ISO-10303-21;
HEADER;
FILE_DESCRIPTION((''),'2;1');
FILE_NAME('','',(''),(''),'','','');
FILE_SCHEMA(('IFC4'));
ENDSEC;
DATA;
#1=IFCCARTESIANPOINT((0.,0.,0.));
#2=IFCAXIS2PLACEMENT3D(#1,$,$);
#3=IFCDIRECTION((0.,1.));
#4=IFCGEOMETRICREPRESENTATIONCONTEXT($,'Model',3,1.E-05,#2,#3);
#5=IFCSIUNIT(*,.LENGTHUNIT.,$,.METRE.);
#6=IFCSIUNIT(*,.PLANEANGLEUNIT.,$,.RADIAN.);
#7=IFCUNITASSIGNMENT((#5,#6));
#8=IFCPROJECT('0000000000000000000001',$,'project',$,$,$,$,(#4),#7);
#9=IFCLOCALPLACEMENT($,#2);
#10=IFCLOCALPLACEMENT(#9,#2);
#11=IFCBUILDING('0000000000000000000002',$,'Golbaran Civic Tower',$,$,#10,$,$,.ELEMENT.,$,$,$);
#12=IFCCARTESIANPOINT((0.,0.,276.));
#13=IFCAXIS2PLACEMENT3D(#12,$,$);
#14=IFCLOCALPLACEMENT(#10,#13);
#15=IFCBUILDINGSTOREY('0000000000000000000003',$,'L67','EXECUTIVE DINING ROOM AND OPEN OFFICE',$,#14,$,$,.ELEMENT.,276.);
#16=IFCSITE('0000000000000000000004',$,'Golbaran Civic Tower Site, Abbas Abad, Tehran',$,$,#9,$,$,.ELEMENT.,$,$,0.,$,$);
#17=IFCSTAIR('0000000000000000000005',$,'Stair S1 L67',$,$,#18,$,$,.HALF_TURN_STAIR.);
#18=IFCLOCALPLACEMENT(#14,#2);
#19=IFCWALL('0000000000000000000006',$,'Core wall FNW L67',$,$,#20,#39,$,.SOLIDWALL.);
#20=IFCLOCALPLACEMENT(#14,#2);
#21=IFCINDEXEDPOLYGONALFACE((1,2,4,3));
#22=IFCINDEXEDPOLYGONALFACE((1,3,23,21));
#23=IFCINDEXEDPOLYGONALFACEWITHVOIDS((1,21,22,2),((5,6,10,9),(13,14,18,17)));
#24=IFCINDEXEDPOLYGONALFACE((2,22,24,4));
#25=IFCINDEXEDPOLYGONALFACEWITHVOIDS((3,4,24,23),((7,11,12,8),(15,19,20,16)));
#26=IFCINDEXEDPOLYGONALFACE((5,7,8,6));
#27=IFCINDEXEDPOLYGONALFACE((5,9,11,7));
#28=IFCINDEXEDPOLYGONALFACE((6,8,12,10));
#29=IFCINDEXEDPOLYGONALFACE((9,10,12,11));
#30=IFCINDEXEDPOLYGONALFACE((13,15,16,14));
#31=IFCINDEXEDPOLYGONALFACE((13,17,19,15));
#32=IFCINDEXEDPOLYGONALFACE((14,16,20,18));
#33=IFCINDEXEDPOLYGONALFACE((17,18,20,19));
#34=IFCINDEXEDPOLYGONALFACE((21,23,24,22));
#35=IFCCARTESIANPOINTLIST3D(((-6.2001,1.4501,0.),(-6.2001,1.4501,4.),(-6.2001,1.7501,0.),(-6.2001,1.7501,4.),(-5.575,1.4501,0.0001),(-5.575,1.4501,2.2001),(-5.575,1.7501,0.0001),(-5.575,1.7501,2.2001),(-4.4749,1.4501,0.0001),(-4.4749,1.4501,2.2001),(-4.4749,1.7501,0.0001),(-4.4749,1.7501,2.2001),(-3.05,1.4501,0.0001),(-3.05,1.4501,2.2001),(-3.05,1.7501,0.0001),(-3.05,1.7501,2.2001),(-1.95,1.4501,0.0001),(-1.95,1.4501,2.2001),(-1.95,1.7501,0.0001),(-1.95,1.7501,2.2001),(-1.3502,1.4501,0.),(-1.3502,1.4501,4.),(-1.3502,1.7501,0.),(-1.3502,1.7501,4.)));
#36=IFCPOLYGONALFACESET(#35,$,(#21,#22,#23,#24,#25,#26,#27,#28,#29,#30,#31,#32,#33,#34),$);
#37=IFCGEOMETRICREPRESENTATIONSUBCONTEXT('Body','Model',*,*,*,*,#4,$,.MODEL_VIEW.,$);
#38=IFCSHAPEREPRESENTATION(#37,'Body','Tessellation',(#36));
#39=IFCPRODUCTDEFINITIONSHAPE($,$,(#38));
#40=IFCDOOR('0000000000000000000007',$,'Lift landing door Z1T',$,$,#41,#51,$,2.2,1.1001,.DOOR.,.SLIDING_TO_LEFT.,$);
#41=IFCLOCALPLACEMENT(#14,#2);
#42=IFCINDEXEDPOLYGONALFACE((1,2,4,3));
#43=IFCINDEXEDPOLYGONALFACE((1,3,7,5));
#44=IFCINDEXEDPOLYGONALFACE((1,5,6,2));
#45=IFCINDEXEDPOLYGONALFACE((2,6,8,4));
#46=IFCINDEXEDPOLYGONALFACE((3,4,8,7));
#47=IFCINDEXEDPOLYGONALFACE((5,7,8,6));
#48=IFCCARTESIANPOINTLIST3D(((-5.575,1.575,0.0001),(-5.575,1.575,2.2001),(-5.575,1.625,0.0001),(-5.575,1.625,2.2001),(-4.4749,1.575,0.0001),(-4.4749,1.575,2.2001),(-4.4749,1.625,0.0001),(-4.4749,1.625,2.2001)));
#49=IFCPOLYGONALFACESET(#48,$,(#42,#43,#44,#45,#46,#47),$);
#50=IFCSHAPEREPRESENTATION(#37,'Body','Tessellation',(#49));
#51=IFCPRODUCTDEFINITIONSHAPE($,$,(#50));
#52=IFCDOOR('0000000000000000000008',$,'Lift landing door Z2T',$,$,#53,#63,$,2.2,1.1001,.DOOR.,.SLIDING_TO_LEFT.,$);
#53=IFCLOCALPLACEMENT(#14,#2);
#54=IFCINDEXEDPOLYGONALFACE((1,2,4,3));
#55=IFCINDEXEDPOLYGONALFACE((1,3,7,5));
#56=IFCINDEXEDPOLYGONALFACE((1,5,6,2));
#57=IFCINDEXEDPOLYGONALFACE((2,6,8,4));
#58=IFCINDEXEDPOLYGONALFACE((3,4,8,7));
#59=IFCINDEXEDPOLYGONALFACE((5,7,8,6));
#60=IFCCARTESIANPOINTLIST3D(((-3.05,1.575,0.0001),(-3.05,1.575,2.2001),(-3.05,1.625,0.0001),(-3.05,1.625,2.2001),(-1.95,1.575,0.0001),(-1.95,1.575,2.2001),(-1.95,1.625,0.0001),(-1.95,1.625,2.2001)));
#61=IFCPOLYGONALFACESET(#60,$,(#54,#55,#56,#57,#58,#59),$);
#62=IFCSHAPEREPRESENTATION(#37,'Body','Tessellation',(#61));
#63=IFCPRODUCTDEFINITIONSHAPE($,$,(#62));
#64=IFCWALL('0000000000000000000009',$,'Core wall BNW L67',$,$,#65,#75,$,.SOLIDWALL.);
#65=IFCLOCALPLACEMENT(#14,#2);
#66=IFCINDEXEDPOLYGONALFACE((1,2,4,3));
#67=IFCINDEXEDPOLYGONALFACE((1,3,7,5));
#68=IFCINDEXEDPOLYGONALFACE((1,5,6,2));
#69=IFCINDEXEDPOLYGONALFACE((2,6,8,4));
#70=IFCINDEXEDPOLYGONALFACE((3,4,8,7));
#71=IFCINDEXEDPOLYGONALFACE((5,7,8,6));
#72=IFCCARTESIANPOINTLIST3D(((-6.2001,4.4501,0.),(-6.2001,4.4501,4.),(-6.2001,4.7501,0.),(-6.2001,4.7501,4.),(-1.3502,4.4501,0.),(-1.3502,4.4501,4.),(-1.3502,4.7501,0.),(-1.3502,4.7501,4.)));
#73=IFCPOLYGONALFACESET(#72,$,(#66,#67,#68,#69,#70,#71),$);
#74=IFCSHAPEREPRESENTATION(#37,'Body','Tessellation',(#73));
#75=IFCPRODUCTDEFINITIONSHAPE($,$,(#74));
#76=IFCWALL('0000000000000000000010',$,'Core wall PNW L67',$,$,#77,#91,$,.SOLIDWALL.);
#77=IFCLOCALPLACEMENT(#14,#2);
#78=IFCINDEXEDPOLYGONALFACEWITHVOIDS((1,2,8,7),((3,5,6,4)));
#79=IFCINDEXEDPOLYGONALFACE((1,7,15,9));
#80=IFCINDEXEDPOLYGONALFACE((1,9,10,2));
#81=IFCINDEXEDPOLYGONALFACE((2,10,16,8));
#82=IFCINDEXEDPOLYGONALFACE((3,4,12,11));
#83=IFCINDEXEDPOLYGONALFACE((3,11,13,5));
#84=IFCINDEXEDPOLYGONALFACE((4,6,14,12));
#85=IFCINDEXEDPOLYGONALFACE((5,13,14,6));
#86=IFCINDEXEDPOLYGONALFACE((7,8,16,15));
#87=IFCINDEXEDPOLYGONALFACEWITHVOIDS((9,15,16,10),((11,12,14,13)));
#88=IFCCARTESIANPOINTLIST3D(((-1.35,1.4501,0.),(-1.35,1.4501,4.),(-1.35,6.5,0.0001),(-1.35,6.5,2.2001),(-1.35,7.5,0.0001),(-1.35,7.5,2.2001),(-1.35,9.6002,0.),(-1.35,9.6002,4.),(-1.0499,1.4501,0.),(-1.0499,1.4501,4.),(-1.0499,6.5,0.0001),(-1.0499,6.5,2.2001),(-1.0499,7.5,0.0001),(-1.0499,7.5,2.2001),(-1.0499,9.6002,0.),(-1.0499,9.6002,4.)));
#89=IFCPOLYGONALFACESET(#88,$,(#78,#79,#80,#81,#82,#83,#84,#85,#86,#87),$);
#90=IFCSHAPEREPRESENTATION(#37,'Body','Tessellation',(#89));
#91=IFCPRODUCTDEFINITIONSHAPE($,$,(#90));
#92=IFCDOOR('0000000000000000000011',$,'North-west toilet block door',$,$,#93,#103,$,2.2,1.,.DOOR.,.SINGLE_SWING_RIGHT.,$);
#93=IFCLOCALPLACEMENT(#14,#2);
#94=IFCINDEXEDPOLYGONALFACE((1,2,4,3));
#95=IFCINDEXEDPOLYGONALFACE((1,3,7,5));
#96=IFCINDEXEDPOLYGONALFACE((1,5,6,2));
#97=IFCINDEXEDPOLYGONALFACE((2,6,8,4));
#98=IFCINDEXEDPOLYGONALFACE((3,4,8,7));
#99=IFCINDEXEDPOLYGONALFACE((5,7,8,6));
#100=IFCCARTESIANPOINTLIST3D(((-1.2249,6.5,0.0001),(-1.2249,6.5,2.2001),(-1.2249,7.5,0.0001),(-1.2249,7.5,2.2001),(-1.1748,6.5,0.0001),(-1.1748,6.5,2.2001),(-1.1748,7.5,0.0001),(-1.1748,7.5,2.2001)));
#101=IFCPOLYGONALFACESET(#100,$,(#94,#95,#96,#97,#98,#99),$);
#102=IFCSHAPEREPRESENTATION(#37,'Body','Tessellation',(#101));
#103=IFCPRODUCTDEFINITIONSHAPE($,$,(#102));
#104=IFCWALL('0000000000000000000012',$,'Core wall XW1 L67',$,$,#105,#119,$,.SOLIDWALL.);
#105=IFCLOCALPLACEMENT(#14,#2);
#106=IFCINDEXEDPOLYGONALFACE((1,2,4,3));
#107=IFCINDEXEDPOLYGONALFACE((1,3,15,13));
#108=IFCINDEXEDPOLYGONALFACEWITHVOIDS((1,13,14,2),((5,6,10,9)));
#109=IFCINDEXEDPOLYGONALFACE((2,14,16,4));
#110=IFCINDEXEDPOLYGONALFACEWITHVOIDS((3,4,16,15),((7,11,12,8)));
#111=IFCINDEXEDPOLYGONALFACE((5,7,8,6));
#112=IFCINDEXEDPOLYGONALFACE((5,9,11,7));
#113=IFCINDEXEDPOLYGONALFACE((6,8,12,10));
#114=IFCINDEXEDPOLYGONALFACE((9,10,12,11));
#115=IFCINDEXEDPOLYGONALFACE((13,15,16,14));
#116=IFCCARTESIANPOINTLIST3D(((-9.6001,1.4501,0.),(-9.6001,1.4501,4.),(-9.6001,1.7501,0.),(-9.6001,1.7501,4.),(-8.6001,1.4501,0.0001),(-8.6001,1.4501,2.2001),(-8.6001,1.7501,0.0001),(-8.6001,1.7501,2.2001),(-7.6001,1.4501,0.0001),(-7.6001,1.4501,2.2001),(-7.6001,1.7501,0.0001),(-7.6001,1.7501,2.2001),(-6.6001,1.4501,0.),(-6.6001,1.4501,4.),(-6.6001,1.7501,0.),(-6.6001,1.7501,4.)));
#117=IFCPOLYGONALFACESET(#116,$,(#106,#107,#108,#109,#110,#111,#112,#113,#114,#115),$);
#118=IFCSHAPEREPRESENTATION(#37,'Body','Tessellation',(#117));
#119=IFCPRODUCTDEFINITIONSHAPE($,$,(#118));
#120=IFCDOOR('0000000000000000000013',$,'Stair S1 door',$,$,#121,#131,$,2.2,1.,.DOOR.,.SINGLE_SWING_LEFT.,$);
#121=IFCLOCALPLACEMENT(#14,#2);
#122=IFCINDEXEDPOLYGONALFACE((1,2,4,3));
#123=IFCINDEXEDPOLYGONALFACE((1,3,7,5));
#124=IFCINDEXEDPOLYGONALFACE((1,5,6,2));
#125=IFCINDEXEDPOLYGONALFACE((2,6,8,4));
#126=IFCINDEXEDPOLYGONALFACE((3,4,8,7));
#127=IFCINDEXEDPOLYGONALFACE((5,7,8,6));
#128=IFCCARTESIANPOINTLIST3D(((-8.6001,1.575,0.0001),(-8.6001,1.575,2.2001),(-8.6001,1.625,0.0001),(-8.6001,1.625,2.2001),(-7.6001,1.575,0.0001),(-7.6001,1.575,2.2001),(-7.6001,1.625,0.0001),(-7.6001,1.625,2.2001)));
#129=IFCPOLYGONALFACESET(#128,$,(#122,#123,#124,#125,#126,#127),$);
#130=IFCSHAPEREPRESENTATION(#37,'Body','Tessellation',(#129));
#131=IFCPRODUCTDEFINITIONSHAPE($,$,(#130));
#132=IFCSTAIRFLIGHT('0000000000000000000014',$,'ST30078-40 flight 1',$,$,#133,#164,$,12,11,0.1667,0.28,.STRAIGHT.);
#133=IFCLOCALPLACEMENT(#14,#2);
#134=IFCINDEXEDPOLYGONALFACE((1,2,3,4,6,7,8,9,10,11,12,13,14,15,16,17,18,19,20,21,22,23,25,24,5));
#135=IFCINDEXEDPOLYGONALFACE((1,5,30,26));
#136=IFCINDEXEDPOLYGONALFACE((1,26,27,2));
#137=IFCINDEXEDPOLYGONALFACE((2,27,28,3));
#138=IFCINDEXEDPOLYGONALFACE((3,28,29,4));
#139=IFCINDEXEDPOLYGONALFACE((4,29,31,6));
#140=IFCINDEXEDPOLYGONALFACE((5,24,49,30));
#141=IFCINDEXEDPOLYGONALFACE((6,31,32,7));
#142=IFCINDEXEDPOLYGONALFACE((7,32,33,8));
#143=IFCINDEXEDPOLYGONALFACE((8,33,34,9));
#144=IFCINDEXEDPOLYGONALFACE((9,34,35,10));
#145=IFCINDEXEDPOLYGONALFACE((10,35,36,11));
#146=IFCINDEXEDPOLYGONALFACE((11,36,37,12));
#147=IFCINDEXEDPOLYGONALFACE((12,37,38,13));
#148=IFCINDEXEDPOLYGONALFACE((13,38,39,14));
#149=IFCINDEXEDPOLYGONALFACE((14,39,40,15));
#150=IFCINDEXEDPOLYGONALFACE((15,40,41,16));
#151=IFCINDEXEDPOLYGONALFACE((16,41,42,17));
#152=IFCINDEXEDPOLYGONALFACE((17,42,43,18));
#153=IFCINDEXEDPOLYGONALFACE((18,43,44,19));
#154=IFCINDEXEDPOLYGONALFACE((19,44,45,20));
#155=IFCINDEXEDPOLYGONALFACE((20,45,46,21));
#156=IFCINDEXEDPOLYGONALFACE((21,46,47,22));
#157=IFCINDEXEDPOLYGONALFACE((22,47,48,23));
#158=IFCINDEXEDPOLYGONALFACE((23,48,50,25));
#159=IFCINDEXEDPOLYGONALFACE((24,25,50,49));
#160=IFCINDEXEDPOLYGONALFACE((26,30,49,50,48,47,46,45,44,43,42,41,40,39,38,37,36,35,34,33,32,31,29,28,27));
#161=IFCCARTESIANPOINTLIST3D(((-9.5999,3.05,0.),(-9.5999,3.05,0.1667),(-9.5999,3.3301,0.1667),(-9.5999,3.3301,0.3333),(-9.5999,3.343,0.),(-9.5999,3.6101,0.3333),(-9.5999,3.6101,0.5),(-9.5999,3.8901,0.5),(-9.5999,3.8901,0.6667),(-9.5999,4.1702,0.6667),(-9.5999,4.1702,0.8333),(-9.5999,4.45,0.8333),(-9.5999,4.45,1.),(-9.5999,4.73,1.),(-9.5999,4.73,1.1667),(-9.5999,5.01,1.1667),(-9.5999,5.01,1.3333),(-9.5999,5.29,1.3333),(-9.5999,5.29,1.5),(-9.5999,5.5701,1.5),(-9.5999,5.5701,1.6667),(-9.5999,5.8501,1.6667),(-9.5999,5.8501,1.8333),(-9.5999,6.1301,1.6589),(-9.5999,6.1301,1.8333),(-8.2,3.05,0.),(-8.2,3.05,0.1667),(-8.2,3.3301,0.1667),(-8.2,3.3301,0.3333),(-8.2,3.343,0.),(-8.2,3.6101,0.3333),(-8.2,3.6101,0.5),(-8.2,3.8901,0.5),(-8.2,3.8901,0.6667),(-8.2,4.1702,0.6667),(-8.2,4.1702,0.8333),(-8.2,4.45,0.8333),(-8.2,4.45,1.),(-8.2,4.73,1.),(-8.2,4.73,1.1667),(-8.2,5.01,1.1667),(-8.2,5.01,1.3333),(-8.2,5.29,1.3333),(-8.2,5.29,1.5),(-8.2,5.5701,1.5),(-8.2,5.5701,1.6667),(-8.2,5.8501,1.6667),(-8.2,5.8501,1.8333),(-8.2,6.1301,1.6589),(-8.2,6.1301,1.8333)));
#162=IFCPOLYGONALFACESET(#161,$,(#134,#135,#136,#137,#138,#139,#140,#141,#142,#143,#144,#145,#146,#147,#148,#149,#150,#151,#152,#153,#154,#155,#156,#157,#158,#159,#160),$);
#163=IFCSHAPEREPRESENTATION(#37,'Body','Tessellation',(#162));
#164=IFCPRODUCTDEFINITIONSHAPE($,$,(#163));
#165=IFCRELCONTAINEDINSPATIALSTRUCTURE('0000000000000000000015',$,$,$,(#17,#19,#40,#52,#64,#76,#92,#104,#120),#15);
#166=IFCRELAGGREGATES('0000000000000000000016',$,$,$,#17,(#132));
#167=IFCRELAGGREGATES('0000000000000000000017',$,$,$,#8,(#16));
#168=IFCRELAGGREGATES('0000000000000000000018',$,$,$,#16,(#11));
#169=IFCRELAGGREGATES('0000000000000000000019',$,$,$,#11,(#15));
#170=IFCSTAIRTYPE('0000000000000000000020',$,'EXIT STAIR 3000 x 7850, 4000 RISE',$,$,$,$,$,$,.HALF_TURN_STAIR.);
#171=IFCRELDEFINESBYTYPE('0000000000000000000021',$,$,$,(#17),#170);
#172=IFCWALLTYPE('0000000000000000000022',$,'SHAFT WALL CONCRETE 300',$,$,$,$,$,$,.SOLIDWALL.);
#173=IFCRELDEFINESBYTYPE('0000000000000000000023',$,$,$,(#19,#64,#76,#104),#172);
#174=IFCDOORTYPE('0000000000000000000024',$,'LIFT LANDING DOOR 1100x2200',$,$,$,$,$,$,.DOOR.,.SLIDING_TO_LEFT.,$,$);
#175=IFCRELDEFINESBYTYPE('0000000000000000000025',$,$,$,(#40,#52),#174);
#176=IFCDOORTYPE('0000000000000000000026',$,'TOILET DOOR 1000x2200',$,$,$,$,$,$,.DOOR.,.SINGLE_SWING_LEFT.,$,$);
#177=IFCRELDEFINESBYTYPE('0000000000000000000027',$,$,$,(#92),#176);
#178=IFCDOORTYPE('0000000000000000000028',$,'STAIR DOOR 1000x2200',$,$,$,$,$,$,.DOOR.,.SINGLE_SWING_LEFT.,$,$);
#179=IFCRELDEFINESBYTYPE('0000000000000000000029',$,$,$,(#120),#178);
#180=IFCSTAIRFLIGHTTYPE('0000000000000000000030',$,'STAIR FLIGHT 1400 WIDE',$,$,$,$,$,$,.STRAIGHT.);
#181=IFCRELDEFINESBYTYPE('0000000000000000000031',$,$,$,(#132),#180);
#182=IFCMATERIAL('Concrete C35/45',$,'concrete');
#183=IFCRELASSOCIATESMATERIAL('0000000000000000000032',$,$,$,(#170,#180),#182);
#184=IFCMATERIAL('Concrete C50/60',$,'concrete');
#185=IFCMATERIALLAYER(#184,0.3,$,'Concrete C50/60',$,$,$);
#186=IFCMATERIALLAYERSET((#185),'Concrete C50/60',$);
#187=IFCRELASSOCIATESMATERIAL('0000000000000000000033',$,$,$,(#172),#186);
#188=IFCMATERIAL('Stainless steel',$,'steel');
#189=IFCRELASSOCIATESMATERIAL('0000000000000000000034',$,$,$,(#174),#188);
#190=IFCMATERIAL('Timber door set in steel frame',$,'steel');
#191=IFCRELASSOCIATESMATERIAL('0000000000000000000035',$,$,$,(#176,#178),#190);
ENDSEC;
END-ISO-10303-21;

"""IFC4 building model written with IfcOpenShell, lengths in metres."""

from ifc_helpers import new_model, si_unit, direction, frame, frame_2d, origin, place, context, subcontext, project, spatial, polyline, rectangle, outline, extrude, material, layer, layer_set, type_object, element, fill, aggregate, save


model = new_model("IFC4")

# Units and contexts
model_context = context("Model", 3, precision=1e-05, world=origin(), true_north=direction((0.0, 1.0)))
body_context = subcontext(model_context, "Body", "Model", "MODEL_VIEW")
ifc_project = project(units=[si_unit("LENGTHUNIT", "METRE"), si_unit("PLANEANGLEUNIT", "RADIAN")], contexts=[model_context])

# Site, building, storey
site_placement = place(None, origin())
site = spatial("IfcSite", under=ifc_project, at=site_placement, Name="Golbaran Civic Tower Site, Abbas Abad, Tehran", CompositionType="ELEMENT", RefElevation=0.0)
building_placement = place(site_placement, origin())
building = spatial("IfcBuilding", under=site, at=building_placement, Name="Golbaran Civic Tower", CompositionType="ELEMENT")
storey_placement = place(building_placement, frame((0.0, 0.0, 276.0)))
storey = spatial("IfcBuildingStorey", under=building, at=storey_placement, Name="L67", Description="EXECUTIVE DINING ROOM AND OPEN OFFICE", CompositionType="ELEMENT", Elevation=276.0)

# Shared definitions
ifc_material_1 = material(Name="Concrete C35/45", Category="concrete")

# Stair
stair_type = type_object("IfcStairType", Name="EXIT STAIR 3000 x 7850, 4000 RISE", PredefinedType="HALF_TURN_STAIR", material=ifc_material_1)
stair_placement = place(storey_placement, origin())
stair = element("IfcStair", 1, at=stair_placement, inside=storey, type_object=stair_type, Name="Stair S1 L67", PredefinedType="HALF_TURN_STAIR")

# Wall, openings, doors
ifc_material_2 = material(Name="Concrete C50/60", Category="concrete")
ifc_layer_1 = layer(ifc_material_2, 0.3, Name="Concrete C50/60")
ifc_layer_set_1 = layer_set([ifc_layer_1], Name="Concrete C50/60")
wall_type_1 = type_object("IfcWallType", Name="SHAFT WALL CONCRETE 300", PredefinedType="SOLIDWALL", material=ifc_layer_set_1)
wall_1_placement = place(storey_placement, frame((-6.2, 1.6001, 0.0), z_axis=(0.0, 0.0, 1.0), x_axis=(1.0, 0.0, 0.0)))
wall_1 = element("IfcWall", 2, at=wall_1_placement, inside=storey, type_object=wall_type_1, Name="Core wall FNW L67", PredefinedType="SOLIDWALL", context=body_context, shape_type="SweptSolid", body=[
    extrude(rectangle(XDim=4.8499, YDim=0.3, at=frame_2d((2.4248, 0.0))), origin(), (0.0, 0.0, 1.0), 4.0),
])
opening_1_placement = place(wall_1_placement, frame((0.625, 0.0, 0.0)))
opening_1 = element("IfcOpeningElement", 3, at=opening_1_placement, cuts=wall_1, PredefinedType="OPENING", context=body_context, shape_type="SweptSolid", body=[
    extrude(rectangle(XDim=1.1001, YDim=2.2, at=frame_2d((0.55, 1.1001))), frame((0.0, 0.1599, 0.0), z_axis=(0.0, -1.0, 0.0), x_axis=(1.0, 0.0, 0.0)), (0.0, 0.0, 1.0), 0.3201),
])
opening_2_placement = place(wall_1_placement, frame((3.1499, 0.0, 0.0)))
opening_2 = element("IfcOpeningElement", 4, at=opening_2_placement, cuts=wall_1, PredefinedType="OPENING", context=body_context, shape_type="SweptSolid", body=[
    extrude(rectangle(XDim=1.1001, YDim=2.2, at=frame_2d((0.55, 1.1001))), frame((0.0, 0.1599, 0.0), z_axis=(0.0, -1.0, 0.0), x_axis=(1.0, 0.0, 0.0)), (0.0, 0.0, 1.0), 0.3201),
])
ifc_material_3 = material(Name="Stainless steel", Category="steel")
door_type_1 = type_object("IfcDoorType", Name="LIFT LANDING DOOR 1100x2200", OperationType="SLIDING_TO_LEFT", PredefinedType="DOOR", material=ifc_material_3)
door_1_placement = place(opening_1_placement, origin())
door_1 = element("IfcDoor", 5, at=door_1_placement, inside=storey, type_object=door_type_1, Name="Lift landing door Z1T", OperationType="SLIDING_TO_LEFT", OverallHeight=2.2, OverallWidth=1.1001, PredefinedType="DOOR", context=body_context, shape_type="SweptSolid", body=[
    extrude(rectangle(XDim=1.1001, YDim=2.2, at=frame_2d((0.55, 1.1001))), frame((0.0, 0.0249, 0.0), z_axis=(0.0, -1.0, 0.0), x_axis=(1.0, 0.0, 0.0)), (0.0, 0.0, 1.0), 0.05),
])
fill(opening_1, door_1)
door_2_placement = place(opening_2_placement, origin())
door_2 = element("IfcDoor", 6, at=door_2_placement, inside=storey, type_object=door_type_1, Name="Lift landing door Z2T", OperationType="SLIDING_TO_LEFT", OverallHeight=2.2, OverallWidth=1.1001, PredefinedType="DOOR", context=body_context, shape_type="SweptSolid", body=[
    extrude(rectangle(XDim=1.1001, YDim=2.2, at=frame_2d((0.55, 1.1001))), frame((0.0, 0.0249, 0.0), z_axis=(0.0, -1.0, 0.0), x_axis=(1.0, 0.0, 0.0)), (0.0, 0.0, 1.0), 0.05),
])
fill(opening_2, door_2)

# Wall
wall_2_placement = place(storey_placement, frame((-6.2, 4.6001, 0.0), z_axis=(0.0, 0.0, 1.0), x_axis=(1.0, 0.0, 0.0)))
element("IfcWall", 7, at=wall_2_placement, inside=storey, type_object=wall_type_1, Name="Core wall BNW L67", PredefinedType="SOLIDWALL", context=body_context, shape_type="SweptSolid", body=[
    extrude(rectangle(XDim=4.8499, YDim=0.3, at=frame_2d((2.4248, 0.0))), origin(), (0.0, 0.0, 1.0), 4.0),
])

# Walls, openings, doors
wall_3_placement = place(storey_placement, frame((-1.2, 1.45, 0.0), z_axis=(0.0, 0.0, 1.0), x_axis=(0.0, 1.0, 0.0)))
wall_3 = element("IfcWall", 8, at=wall_3_placement, inside=storey, type_object=wall_type_1, Name="Core wall PNW L67", PredefinedType="SOLIDWALL", context=body_context, shape_type="SweptSolid", body=[
    extrude(rectangle(XDim=8.1501, YDim=0.3, at=frame_2d((4.0752, 0.0))), origin(), (0.0, 0.0, 1.0), 4.0),
])
opening_3_placement = place(wall_3_placement, frame((5.05, 0.0, 0.0)))
opening_3 = element("IfcOpeningElement", 9, at=opening_3_placement, cuts=wall_3, PredefinedType="OPENING", context=body_context, shape_type="SweptSolid", body=[
    extrude(rectangle(XDim=1.0, YDim=2.2, at=frame_2d((0.5, 1.1001))), frame((0.0, 0.1599, 0.0), z_axis=(0.0, -1.0, 0.0), x_axis=(1.0, 0.0, 0.0)), (0.0, 0.0, 1.0), 0.3201),
])
ifc_material_4 = material(Name="Timber door set in steel frame", Category="steel")
door_type_2 = type_object("IfcDoorType", Name="TOILET DOOR 1000x2200", OperationType="SINGLE_SWING_LEFT", PredefinedType="DOOR", material=ifc_material_4)
door_3_placement = place(opening_3_placement, origin())
door_3 = element("IfcDoor", 10, at=door_3_placement, inside=storey, type_object=door_type_2, Name="North-west toilet block door", OperationType="SINGLE_SWING_RIGHT", OverallHeight=2.2, OverallWidth=1.0, PredefinedType="DOOR", context=body_context, shape_type="SweptSolid", body=[
    extrude(rectangle(XDim=1.0, YDim=2.2, at=frame_2d((0.5, 1.1001))), frame((0.0, 0.0249, 0.0), z_axis=(0.0, -1.0, 0.0), x_axis=(1.0, 0.0, 0.0)), (0.0, 0.0, 1.0), 0.05),
])
fill(opening_3, door_3)
wall_4_placement = place(storey_placement, frame((-9.6001, 1.6001, 0.0), z_axis=(0.0, 0.0, 1.0), x_axis=(1.0, 0.0, 0.0)))
wall_4 = element("IfcWall", 11, at=wall_4_placement, inside=storey, type_object=wall_type_1, Name="Core wall XW1 L67", PredefinedType="SOLIDWALL", context=body_context, shape_type="SweptSolid", body=[
    extrude(rectangle(XDim=3.0, YDim=0.3, at=frame_2d((1.5, 0.0))), origin(), (0.0, 0.0, 1.0), 4.0),
])
opening_4_placement = place(wall_4_placement, frame((1.0, 0.0, 0.0)))
opening_4 = element("IfcOpeningElement", 12, at=opening_4_placement, cuts=wall_4, PredefinedType="OPENING", context=body_context, shape_type="SweptSolid", body=[
    extrude(rectangle(XDim=1.0, YDim=2.2, at=frame_2d((0.5, 1.1001))), frame((0.0, 0.1599, 0.0), z_axis=(0.0, -1.0, 0.0), x_axis=(1.0, 0.0, 0.0)), (0.0, 0.0, 1.0), 0.3201),
])
door_type_3 = type_object("IfcDoorType", Name="STAIR DOOR 1000x2200", OperationType="SINGLE_SWING_LEFT", PredefinedType="DOOR", material=ifc_material_4)
door_4_placement = place(opening_4_placement, origin())
door_4 = element("IfcDoor", 13, at=door_4_placement, inside=storey, type_object=door_type_3, Name="Stair S1 door", OperationType="SINGLE_SWING_LEFT", OverallHeight=2.2, OverallWidth=1.0, PredefinedType="DOOR", context=body_context, shape_type="SweptSolid", body=[
    extrude(rectangle(XDim=1.0, YDim=2.2, at=frame_2d((0.5, 1.1001))), frame((0.0, 0.0249, 0.0), z_axis=(0.0, -1.0, 0.0), x_axis=(1.0, 0.0, 0.0)), (0.0, 0.0, 1.0), 0.05),
])
fill(opening_4, door_4)

# Stair flight
stair_flight_type = type_object("IfcStairFlightType", Name="STAIR FLIGHT 1400 WIDE", PredefinedType="STRAIGHT", material=ifc_material_1)
stair_flight_1_placement = place(storey_placement, frame((-8.8999, 3.05, 0.0), z_axis=(0.0, 0.0, 1.0), x_axis=(0.0, 1.0, 0.0)))
stair_flight_1 = element("IfcStairFlight", 14, at=stair_flight_1_placement, type_object=stair_flight_type, Name="ST30078-40 flight 1", NumberOfRisers=12, NumberOfTreads=11, PredefinedType="STRAIGHT", RiserHeight=0.1667, TreadLength=0.28, context=body_context, shape_type="SweptSolid", body=[
    extrude(outline(polyline([(0.0, 0.0), (0.0, 0.1667), (0.28, 0.1667), (0.28, 0.3333), (0.5601, 0.3333), (0.5601, 0.5), (0.8401, 0.5), (0.8401, 0.6667), (1.1201, 0.6667), (1.1201, 0.8333), (1.3999, 0.8333), (1.3999, 1.0), (1.6799, 1.0), (1.6799, 1.1667), (1.96, 1.1667), (1.96, 1.3333), (2.24, 1.3333), (2.24, 1.5), (2.52, 1.5), (2.52, 1.6667), (2.8, 1.6667), (2.8, 1.8333), (3.0801, 1.8333), (3.0801, 2.0), (3.0801, 1.6589), (0.293, 0.0), (0.0, 0.0)])), frame((0.0, 0.7, 0.0), z_axis=(0.0, -1.0, 0.0), x_axis=(1.0, 0.0, 0.0)), (0.0, 0.0, 1.0), 1.3999),
])
aggregate(stair, [stair_flight_1])

save(model, "model.ifc")
